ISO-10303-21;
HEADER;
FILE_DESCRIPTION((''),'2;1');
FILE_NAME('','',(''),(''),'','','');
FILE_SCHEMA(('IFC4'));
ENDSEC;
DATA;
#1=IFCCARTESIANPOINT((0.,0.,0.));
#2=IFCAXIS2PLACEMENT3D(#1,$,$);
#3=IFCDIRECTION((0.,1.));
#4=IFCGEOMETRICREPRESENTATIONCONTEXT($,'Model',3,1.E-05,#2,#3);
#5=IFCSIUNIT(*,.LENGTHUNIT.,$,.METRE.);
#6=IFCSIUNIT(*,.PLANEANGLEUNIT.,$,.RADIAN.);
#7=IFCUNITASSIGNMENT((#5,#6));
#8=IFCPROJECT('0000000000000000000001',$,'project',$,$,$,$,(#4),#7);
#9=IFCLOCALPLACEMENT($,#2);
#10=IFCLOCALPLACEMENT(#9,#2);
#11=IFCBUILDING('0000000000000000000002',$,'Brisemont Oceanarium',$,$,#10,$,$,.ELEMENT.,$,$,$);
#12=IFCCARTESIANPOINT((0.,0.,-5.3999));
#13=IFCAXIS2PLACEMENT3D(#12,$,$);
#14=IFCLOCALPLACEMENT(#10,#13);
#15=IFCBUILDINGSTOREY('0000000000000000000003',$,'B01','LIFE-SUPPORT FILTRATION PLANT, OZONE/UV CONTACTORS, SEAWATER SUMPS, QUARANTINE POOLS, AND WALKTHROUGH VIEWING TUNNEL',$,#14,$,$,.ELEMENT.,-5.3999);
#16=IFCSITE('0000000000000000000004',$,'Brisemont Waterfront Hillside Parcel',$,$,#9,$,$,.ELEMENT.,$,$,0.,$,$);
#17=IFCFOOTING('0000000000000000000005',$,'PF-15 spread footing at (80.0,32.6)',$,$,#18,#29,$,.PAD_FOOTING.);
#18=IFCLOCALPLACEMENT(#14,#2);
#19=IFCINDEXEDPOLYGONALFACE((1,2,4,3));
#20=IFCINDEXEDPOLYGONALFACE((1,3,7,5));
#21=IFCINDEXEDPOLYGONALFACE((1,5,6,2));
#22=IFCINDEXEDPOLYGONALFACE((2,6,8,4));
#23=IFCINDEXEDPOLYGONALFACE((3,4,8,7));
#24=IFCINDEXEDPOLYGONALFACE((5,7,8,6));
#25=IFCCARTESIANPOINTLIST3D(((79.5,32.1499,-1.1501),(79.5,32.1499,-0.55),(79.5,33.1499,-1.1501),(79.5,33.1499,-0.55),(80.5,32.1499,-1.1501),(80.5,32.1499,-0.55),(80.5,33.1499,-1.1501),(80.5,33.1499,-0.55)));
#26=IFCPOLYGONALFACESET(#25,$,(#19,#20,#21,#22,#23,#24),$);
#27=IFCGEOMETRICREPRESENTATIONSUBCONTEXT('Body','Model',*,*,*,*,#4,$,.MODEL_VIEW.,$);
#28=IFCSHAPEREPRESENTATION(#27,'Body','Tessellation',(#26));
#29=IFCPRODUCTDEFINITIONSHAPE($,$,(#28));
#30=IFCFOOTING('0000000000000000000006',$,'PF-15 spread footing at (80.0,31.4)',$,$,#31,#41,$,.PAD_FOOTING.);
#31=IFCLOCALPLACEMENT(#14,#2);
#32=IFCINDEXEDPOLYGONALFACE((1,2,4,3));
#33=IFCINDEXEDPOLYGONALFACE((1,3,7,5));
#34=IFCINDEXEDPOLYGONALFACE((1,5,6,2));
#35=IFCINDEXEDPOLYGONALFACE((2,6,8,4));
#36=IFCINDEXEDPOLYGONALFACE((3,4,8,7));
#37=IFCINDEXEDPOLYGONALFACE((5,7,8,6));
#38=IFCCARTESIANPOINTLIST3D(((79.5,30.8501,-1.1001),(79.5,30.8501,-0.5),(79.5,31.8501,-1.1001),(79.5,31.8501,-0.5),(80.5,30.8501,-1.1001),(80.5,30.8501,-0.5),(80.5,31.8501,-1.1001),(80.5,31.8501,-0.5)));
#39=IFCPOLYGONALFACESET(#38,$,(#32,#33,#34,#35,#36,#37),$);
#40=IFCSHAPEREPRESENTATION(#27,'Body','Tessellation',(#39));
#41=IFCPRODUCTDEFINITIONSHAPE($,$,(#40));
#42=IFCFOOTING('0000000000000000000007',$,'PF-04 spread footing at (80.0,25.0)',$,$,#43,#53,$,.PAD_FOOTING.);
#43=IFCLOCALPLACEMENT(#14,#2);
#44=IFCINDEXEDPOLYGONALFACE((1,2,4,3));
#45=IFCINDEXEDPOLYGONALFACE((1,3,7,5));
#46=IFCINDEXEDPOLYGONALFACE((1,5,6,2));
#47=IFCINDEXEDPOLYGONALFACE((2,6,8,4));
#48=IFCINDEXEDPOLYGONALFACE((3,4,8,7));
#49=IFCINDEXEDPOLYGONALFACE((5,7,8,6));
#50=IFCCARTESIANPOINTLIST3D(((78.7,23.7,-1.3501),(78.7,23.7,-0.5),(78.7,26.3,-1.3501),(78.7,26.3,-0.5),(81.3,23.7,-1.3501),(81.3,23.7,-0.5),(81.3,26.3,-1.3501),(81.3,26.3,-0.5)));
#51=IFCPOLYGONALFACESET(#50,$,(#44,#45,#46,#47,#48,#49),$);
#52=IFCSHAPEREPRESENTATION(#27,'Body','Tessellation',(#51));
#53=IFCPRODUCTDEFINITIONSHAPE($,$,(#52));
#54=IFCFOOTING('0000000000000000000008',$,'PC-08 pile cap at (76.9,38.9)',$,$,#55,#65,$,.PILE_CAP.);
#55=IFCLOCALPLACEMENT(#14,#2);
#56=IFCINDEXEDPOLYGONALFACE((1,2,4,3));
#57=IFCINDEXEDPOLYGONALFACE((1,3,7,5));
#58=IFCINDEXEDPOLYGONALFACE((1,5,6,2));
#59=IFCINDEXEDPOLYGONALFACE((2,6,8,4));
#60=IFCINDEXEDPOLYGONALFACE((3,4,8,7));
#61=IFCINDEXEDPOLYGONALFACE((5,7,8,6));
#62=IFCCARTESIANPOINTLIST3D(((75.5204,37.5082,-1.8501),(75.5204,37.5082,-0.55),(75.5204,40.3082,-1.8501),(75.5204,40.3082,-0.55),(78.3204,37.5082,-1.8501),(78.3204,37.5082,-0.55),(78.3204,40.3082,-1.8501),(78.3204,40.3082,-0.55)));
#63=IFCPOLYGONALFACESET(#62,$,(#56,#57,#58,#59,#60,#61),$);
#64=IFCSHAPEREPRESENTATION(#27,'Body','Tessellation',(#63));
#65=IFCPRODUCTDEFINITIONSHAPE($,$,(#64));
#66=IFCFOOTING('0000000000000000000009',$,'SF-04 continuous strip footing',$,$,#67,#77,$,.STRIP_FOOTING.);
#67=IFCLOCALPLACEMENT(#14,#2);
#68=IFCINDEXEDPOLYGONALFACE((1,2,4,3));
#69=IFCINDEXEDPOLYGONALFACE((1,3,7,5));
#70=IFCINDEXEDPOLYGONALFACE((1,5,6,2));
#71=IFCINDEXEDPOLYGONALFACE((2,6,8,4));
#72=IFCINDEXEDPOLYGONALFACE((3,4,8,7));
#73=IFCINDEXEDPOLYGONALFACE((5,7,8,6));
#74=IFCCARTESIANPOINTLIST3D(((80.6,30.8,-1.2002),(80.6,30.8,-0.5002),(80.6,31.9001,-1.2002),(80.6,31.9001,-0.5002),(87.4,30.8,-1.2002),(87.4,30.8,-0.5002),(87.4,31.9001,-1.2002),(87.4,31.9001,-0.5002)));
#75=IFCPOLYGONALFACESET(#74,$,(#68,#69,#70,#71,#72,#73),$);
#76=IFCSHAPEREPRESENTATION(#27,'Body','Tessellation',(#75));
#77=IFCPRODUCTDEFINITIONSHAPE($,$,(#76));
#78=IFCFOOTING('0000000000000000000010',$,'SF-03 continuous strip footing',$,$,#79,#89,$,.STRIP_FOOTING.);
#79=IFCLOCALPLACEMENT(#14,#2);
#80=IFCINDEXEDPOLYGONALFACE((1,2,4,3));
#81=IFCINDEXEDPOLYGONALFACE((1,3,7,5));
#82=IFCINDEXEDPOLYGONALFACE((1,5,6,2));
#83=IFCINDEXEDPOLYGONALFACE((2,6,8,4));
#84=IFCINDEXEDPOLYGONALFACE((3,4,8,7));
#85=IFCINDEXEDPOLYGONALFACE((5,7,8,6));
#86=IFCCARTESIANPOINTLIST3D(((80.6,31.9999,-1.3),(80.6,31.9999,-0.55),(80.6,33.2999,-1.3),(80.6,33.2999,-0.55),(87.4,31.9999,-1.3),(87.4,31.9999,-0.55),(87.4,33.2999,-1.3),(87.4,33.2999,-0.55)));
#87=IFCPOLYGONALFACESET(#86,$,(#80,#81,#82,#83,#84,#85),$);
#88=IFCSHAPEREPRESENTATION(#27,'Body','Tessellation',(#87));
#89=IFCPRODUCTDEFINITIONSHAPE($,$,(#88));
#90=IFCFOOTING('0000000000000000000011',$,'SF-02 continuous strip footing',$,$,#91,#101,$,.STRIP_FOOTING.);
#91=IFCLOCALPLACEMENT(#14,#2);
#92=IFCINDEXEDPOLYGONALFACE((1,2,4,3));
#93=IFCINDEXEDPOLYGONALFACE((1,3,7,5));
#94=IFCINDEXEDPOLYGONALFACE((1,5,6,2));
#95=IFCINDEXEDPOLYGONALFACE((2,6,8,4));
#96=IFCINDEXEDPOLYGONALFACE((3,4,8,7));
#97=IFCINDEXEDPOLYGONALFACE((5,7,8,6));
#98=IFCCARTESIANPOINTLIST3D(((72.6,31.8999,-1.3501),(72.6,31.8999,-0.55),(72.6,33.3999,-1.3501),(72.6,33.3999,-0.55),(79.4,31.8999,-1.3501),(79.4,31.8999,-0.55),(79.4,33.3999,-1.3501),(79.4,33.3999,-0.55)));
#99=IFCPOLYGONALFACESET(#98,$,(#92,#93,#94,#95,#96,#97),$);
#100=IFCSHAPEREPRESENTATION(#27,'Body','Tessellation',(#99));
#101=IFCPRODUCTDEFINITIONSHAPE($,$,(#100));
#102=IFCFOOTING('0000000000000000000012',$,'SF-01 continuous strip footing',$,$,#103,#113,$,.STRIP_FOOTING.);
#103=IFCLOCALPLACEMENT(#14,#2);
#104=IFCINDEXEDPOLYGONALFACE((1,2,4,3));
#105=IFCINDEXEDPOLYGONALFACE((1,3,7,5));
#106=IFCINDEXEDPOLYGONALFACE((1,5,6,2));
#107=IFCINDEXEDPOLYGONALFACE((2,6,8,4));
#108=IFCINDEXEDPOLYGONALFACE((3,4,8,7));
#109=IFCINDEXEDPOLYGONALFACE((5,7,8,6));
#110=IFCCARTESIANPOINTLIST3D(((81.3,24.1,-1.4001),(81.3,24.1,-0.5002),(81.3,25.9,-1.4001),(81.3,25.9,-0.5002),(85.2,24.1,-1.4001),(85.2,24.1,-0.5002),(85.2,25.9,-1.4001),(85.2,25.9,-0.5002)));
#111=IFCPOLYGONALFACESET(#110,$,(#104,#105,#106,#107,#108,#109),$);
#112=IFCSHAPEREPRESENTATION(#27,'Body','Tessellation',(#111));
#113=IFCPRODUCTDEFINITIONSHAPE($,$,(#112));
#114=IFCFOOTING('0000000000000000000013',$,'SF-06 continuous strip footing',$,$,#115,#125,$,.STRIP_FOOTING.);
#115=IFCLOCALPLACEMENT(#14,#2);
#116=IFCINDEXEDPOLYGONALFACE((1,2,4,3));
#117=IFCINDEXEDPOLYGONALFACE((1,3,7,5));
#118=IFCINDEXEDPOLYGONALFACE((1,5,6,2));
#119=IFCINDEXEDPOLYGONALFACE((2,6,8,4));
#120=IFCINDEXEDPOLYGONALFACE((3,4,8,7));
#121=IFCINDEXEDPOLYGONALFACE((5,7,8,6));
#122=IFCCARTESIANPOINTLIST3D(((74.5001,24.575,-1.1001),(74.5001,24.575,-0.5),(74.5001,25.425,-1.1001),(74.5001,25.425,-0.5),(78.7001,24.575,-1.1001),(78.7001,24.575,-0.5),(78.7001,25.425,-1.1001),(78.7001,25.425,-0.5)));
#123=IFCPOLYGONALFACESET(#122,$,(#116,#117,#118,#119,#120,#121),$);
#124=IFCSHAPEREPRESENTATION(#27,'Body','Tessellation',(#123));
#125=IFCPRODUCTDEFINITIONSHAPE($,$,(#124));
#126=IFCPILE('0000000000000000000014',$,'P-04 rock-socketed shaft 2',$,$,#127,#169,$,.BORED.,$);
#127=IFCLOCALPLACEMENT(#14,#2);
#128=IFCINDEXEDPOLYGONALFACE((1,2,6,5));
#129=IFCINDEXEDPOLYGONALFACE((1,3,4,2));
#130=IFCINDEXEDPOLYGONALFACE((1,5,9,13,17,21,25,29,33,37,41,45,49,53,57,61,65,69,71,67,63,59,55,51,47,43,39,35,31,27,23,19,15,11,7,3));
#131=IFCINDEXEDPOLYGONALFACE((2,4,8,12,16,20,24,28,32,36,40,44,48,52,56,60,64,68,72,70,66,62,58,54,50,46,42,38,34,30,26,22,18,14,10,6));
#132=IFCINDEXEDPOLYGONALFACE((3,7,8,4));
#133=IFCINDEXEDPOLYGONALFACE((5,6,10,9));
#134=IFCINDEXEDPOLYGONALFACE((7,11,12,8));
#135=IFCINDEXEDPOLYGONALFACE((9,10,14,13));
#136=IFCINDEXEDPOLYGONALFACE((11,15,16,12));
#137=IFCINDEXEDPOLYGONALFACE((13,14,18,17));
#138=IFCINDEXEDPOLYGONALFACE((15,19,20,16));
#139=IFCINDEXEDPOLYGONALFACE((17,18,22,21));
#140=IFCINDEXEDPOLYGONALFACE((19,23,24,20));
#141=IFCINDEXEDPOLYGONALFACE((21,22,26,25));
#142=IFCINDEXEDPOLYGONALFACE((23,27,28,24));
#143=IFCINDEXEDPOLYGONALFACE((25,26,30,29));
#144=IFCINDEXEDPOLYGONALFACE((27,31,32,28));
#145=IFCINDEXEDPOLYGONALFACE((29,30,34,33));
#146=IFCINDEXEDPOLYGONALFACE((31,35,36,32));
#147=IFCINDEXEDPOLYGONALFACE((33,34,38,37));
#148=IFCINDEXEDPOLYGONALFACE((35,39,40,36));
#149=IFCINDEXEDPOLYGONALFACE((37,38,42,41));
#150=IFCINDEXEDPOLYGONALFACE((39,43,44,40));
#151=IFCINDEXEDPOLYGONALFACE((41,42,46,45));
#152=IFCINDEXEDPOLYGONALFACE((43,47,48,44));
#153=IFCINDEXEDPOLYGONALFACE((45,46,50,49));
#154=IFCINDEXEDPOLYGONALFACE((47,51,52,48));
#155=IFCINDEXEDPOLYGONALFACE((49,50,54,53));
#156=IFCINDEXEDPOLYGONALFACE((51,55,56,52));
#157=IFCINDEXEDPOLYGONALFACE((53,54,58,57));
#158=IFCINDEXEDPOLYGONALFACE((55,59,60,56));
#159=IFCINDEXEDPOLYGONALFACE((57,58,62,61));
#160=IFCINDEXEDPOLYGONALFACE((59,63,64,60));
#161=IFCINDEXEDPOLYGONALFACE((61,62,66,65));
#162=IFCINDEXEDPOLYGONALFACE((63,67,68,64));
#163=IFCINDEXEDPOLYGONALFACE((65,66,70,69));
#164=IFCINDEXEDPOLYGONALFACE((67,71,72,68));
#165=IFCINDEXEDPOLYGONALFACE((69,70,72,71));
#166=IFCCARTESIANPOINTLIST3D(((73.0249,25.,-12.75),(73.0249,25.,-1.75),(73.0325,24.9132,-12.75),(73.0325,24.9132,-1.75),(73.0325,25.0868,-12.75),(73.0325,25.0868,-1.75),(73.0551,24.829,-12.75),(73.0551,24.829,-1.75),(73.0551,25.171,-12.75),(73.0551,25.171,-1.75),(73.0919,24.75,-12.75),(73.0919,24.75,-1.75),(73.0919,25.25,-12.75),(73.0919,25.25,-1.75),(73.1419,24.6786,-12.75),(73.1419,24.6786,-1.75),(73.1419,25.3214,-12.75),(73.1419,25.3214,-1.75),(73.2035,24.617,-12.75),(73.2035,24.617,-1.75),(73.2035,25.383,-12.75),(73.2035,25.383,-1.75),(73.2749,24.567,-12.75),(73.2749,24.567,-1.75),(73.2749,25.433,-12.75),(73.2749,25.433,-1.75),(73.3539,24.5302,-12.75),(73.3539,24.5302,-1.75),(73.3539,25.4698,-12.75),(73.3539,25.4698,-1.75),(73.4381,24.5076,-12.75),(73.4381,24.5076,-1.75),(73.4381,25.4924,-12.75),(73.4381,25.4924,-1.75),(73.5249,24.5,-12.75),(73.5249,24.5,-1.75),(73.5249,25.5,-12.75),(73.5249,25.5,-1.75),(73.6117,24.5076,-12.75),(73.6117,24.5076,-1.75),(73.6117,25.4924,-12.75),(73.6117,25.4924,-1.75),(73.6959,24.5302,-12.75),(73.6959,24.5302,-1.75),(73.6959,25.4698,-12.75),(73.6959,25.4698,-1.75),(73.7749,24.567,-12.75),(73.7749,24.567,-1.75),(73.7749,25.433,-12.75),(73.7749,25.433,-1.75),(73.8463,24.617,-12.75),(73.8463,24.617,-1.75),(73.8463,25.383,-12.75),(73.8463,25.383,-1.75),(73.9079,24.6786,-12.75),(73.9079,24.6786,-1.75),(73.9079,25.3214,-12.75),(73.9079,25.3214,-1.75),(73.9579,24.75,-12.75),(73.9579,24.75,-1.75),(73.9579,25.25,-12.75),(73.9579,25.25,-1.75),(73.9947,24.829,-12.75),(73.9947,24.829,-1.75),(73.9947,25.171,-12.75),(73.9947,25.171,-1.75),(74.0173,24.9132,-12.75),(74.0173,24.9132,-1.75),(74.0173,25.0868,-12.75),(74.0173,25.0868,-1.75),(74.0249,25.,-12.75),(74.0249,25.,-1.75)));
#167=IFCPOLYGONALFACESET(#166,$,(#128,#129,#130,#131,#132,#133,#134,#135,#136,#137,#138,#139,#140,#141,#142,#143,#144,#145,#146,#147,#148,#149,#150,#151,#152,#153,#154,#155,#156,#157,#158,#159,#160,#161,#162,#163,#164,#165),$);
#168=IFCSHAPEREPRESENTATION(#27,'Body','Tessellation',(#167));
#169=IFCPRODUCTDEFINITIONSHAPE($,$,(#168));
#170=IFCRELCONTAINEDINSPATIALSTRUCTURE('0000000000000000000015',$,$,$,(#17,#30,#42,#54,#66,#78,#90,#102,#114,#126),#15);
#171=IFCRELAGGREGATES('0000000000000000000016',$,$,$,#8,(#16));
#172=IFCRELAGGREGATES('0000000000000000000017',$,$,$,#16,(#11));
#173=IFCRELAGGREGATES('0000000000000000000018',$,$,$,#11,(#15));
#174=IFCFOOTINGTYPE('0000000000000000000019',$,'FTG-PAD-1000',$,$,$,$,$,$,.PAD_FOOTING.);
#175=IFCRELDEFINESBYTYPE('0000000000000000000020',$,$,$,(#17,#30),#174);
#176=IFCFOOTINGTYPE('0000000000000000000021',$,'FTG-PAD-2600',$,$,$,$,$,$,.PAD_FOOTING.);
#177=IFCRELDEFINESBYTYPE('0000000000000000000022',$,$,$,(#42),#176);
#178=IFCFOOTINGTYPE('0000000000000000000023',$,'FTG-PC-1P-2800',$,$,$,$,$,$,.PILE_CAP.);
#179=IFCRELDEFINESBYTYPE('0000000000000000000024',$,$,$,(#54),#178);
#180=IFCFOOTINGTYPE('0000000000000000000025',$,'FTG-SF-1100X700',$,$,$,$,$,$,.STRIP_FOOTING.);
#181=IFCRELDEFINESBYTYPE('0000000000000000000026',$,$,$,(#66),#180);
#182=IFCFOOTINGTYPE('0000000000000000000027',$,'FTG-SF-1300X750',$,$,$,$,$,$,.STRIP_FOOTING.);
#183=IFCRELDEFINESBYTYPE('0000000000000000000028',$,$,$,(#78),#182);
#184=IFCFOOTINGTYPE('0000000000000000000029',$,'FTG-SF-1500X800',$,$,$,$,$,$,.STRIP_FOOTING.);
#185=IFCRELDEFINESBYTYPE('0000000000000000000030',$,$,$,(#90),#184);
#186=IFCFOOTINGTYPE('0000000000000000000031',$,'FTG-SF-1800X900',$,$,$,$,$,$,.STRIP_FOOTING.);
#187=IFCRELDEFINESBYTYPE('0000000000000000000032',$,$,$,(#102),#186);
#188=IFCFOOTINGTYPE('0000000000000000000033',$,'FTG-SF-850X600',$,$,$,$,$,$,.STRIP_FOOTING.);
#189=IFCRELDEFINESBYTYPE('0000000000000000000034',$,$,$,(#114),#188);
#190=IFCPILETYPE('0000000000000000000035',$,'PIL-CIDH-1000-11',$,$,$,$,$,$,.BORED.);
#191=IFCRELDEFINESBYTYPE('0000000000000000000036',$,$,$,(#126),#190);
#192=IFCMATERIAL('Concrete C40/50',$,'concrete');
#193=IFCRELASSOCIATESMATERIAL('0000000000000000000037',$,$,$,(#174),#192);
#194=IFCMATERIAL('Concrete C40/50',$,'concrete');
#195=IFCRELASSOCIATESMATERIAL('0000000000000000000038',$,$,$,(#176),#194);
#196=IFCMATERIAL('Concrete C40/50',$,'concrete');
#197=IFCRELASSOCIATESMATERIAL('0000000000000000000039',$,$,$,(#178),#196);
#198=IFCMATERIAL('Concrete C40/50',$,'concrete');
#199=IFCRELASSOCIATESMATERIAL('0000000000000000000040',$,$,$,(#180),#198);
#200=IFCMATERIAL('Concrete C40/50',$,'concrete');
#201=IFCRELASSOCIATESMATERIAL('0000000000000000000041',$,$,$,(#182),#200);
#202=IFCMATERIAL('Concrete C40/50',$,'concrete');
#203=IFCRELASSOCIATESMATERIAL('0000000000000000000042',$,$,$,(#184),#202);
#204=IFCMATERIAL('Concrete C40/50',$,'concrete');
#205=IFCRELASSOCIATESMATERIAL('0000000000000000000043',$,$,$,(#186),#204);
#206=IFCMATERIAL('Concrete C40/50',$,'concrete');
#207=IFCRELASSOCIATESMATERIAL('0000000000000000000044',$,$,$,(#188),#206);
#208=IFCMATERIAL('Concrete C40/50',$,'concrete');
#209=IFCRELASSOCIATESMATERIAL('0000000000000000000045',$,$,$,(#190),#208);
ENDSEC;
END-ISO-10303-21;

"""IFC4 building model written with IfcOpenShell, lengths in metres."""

from ifc_helpers import new_model, si_unit, direction, frame, origin, origin_2d, place, context, subcontext, project, spatial, rectangle, circle, extrude, material, material_profile, profile_set, type_object, element, save


model = new_model("IFC4")

# Units and contexts
model_context = context("Model", 3, precision=1e-05, world=origin(), true_north=direction((0.0, 1.0)))
body_context = subcontext(model_context, "Body", "Model", "MODEL_VIEW")
ifc_project = project(units=[si_unit("LENGTHUNIT", "METRE"), si_unit("PLANEANGLEUNIT", "RADIAN")], contexts=[model_context])

# Site, building, storey
site_placement = place(None, origin())
site = spatial("IfcSite", under=ifc_project, at=site_placement, Name="Brisemont Waterfront Hillside Parcel", CompositionType="ELEMENT", RefElevation=0.0)
building_placement = place(site_placement, origin())
building = spatial("IfcBuilding", under=site, at=building_placement, Name="Brisemont Oceanarium", CompositionType="ELEMENT")
storey_placement = place(building_placement, frame((0.0, 0.0, -5.3999)))
storey = spatial("IfcBuildingStorey", under=building, at=storey_placement, Name="B01", Description="LIFE-SUPPORT FILTRATION PLANT, OZONE/UV CONTACTORS, SEAWATER SUMPS, QUARANTINE POOLS, AND WALKTHROUGH VIEWING TUNNEL", CompositionType="ELEMENT", Elevation=-5.3999)

# Footings
ifc_material_1 = material(Name="Concrete C40/50", Category="concrete")
footing_type_1 = type_object("IfcFootingType", Name="FTG-PAD-1000", PredefinedType="PAD_FOOTING", material=ifc_material_1)
for number, where, z_axis, x_axis, name in (
    (1, (80.0, 32.6499, -1.1501), (0.0, 0.0, 1.0), (1.0, 0.0, 0.0), "PF-15 spread footing at (80.0,32.6)"),
    (2, (80.0, 31.3501, -1.1001), (0.0, 0.0, 1.0), (1.0, 0.0, 0.0), "PF-15 spread footing at (80.0,31.4)"),
):
    element("IfcFooting", number, at=place(storey_placement, frame(where, z_axis=z_axis, x_axis=x_axis)), inside=storey, type_object=footing_type_1, Name=name, PredefinedType="PAD_FOOTING", context=body_context, shape_type="SweptSolid", body=[
        extrude(rectangle(XDim=1.0, YDim=1.0, at=origin_2d()), origin(), (0.0, 0.0, 1.0), 0.6001),
    ])
ifc_material_2 = material(Name="Concrete C40/50", Category="concrete")
footing_type_2 = type_object("IfcFootingType", Name="FTG-PAD-2600", PredefinedType="PAD_FOOTING", material=ifc_material_2)
footing_1_placement = place(storey_placement, frame((80.0, 25.0, -1.3501), z_axis=(0.0, 0.0, 1.0), x_axis=(1.0, 0.0, 0.0)))
element("IfcFooting", 3, at=footing_1_placement, inside=storey, type_object=footing_type_2, Name="PF-04 spread footing at (80.0,25.0)", PredefinedType="PAD_FOOTING", context=body_context, shape_type="SweptSolid", body=[
    extrude(rectangle(XDim=2.6001, YDim=2.6001, at=origin_2d()), origin(), (0.0, 0.0, 1.0), 0.8501),
])
ifc_material_3 = material(Name="Concrete C40/50", Category="concrete")
footing_type_3 = type_object("IfcFootingType", Name="FTG-PC-1P-2800", PredefinedType="PILE_CAP", material=ifc_material_3)
footing_2_placement = place(storey_placement, frame((76.9204, 38.9082, -1.8501), z_axis=(0.0, 0.0, 1.0), x_axis=(1.0, 0.0, 0.0)))
element("IfcFooting", 4, at=footing_2_placement, inside=storey, type_object=footing_type_3, Name="PC-08 pile cap at (76.9,38.9)", PredefinedType="PILE_CAP", context=body_context, shape_type="SweptSolid", body=[
    extrude(rectangle(XDim=2.8, YDim=2.8, at=origin_2d()), origin(), (0.0, 0.0, 1.0), 1.3),
])
ifc_material_4 = material(Name="Concrete C40/50", Category="concrete")
footing_type_4 = type_object("IfcFootingType", Name="FTG-SF-1100X700", PredefinedType="STRIP_FOOTING", material=ifc_material_4)
footing_3_placement = place(storey_placement, frame((84.0, 31.3501, -1.2002), z_axis=(0.0, 0.0, 1.0), x_axis=(1.0, 0.0, 0.0)))
element("IfcFooting", 5, at=footing_3_placement, inside=storey, type_object=footing_type_4, Name="SF-04 continuous strip footing", PredefinedType="STRIP_FOOTING", context=body_context, shape_type="SweptSolid", body=[
    extrude(rectangle(XDim=6.8, YDim=1.1001, at=origin_2d()), origin(), (0.0, 0.0, 1.0), 0.7),
])
ifc_material_5 = material(Name="Concrete C40/50", Category="concrete")
footing_type_5 = type_object("IfcFootingType", Name="FTG-SF-1300X750", PredefinedType="STRIP_FOOTING", material=ifc_material_5)
footing_4_placement = place(storey_placement, frame((84.0, 32.6499, -1.3), z_axis=(0.0, 0.0, 1.0), x_axis=(1.0, 0.0, 0.0)))
element("IfcFooting", 6, at=footing_4_placement, inside=storey, type_object=footing_type_5, Name="SF-03 continuous strip footing", PredefinedType="STRIP_FOOTING", context=body_context, shape_type="SweptSolid", body=[
    extrude(rectangle(XDim=6.8, YDim=1.3, at=origin_2d()), origin(), (0.0, 0.0, 1.0), 0.75),
])
ifc_material_6 = material(Name="Concrete C40/50", Category="concrete")
footing_type_6 = type_object("IfcFootingType", Name="FTG-SF-1500X800", PredefinedType="STRIP_FOOTING", material=ifc_material_6)
footing_5_placement = place(storey_placement, frame((76.0, 32.6499, -1.3501), z_axis=(0.0, 0.0, 1.0), x_axis=(1.0, 0.0, 0.0)))
element("IfcFooting", 7, at=footing_5_placement, inside=storey, type_object=footing_type_6, Name="SF-02 continuous strip footing", PredefinedType="STRIP_FOOTING", context=body_context, shape_type="SweptSolid", body=[
    extrude(rectangle(XDim=6.8, YDim=1.5, at=origin_2d()), origin(), (0.0, 0.0, 1.0), 0.8),
])
ifc_material_7 = material(Name="Concrete C40/50", Category="concrete")
footing_type_7 = type_object("IfcFootingType", Name="FTG-SF-1800X900", PredefinedType="STRIP_FOOTING", material=ifc_material_7)
footing_6_placement = place(storey_placement, frame((83.25, 25.0, -1.4001), z_axis=(0.0, 0.0, 1.0), x_axis=(1.0, 0.0, 0.0)))
element("IfcFooting", 8, at=footing_6_placement, inside=storey, type_object=footing_type_7, Name="SF-01 continuous strip footing", PredefinedType="STRIP_FOOTING", context=body_context, shape_type="SweptSolid", body=[
    extrude(rectangle(XDim=3.8999, YDim=1.8, at=origin_2d()), origin(), (0.0, 0.0, 1.0), 0.8999),
])
ifc_material_8 = material(Name="Concrete C40/50", Category="concrete")
footing_type_8 = type_object("IfcFootingType", Name="FTG-SF-850X600", PredefinedType="STRIP_FOOTING", material=ifc_material_8)
footing_7_placement = place(storey_placement, frame((76.6001, 25.0, -1.1001), z_axis=(0.0, 0.0, 1.0), x_axis=(1.0, 0.0, 0.0)))
element("IfcFooting", 9, at=footing_7_placement, inside=storey, type_object=footing_type_8, Name="SF-06 continuous strip footing", PredefinedType="STRIP_FOOTING", context=body_context, shape_type="SweptSolid", body=[
    extrude(rectangle(XDim=4.2, YDim=0.8501, at=origin_2d()), origin(), (0.0, 0.0, 1.0), 0.6001),
])

# Pile
ifc_material_9 = material(Name="Concrete C40/50", Category="concrete")
ifc_material_profile_1 = material_profile(ifc_material_9, circle(Radius=0.5, at=origin_2d()), Name="CIDH-D1000")
ifc_profile_set_1 = profile_set([ifc_material_profile_1], Name="Concrete C40/50")
pile_type_1 = type_object("IfcPileType", Name="PIL-CIDH-1000-11", PredefinedType="BORED", material=ifc_profile_set_1)
pile_placement = place(storey_placement, frame((73.5249, 25.0, -1.75), z_axis=(0.0, 0.0, -1.0), x_axis=(1.0, 0.0, 0.0)))
element("IfcPile", 10, at=pile_placement, inside=storey, type_object=pile_type_1, Name="P-04 rock-socketed shaft 2", PredefinedType="BORED", context=body_context, shape_type="SweptSolid", body=[
    extrude(circle(Radius=0.5, at=origin_2d()), origin(), (0.0, 0.0, 1.0), 11.0),
])

save(model, "model.ifc")
